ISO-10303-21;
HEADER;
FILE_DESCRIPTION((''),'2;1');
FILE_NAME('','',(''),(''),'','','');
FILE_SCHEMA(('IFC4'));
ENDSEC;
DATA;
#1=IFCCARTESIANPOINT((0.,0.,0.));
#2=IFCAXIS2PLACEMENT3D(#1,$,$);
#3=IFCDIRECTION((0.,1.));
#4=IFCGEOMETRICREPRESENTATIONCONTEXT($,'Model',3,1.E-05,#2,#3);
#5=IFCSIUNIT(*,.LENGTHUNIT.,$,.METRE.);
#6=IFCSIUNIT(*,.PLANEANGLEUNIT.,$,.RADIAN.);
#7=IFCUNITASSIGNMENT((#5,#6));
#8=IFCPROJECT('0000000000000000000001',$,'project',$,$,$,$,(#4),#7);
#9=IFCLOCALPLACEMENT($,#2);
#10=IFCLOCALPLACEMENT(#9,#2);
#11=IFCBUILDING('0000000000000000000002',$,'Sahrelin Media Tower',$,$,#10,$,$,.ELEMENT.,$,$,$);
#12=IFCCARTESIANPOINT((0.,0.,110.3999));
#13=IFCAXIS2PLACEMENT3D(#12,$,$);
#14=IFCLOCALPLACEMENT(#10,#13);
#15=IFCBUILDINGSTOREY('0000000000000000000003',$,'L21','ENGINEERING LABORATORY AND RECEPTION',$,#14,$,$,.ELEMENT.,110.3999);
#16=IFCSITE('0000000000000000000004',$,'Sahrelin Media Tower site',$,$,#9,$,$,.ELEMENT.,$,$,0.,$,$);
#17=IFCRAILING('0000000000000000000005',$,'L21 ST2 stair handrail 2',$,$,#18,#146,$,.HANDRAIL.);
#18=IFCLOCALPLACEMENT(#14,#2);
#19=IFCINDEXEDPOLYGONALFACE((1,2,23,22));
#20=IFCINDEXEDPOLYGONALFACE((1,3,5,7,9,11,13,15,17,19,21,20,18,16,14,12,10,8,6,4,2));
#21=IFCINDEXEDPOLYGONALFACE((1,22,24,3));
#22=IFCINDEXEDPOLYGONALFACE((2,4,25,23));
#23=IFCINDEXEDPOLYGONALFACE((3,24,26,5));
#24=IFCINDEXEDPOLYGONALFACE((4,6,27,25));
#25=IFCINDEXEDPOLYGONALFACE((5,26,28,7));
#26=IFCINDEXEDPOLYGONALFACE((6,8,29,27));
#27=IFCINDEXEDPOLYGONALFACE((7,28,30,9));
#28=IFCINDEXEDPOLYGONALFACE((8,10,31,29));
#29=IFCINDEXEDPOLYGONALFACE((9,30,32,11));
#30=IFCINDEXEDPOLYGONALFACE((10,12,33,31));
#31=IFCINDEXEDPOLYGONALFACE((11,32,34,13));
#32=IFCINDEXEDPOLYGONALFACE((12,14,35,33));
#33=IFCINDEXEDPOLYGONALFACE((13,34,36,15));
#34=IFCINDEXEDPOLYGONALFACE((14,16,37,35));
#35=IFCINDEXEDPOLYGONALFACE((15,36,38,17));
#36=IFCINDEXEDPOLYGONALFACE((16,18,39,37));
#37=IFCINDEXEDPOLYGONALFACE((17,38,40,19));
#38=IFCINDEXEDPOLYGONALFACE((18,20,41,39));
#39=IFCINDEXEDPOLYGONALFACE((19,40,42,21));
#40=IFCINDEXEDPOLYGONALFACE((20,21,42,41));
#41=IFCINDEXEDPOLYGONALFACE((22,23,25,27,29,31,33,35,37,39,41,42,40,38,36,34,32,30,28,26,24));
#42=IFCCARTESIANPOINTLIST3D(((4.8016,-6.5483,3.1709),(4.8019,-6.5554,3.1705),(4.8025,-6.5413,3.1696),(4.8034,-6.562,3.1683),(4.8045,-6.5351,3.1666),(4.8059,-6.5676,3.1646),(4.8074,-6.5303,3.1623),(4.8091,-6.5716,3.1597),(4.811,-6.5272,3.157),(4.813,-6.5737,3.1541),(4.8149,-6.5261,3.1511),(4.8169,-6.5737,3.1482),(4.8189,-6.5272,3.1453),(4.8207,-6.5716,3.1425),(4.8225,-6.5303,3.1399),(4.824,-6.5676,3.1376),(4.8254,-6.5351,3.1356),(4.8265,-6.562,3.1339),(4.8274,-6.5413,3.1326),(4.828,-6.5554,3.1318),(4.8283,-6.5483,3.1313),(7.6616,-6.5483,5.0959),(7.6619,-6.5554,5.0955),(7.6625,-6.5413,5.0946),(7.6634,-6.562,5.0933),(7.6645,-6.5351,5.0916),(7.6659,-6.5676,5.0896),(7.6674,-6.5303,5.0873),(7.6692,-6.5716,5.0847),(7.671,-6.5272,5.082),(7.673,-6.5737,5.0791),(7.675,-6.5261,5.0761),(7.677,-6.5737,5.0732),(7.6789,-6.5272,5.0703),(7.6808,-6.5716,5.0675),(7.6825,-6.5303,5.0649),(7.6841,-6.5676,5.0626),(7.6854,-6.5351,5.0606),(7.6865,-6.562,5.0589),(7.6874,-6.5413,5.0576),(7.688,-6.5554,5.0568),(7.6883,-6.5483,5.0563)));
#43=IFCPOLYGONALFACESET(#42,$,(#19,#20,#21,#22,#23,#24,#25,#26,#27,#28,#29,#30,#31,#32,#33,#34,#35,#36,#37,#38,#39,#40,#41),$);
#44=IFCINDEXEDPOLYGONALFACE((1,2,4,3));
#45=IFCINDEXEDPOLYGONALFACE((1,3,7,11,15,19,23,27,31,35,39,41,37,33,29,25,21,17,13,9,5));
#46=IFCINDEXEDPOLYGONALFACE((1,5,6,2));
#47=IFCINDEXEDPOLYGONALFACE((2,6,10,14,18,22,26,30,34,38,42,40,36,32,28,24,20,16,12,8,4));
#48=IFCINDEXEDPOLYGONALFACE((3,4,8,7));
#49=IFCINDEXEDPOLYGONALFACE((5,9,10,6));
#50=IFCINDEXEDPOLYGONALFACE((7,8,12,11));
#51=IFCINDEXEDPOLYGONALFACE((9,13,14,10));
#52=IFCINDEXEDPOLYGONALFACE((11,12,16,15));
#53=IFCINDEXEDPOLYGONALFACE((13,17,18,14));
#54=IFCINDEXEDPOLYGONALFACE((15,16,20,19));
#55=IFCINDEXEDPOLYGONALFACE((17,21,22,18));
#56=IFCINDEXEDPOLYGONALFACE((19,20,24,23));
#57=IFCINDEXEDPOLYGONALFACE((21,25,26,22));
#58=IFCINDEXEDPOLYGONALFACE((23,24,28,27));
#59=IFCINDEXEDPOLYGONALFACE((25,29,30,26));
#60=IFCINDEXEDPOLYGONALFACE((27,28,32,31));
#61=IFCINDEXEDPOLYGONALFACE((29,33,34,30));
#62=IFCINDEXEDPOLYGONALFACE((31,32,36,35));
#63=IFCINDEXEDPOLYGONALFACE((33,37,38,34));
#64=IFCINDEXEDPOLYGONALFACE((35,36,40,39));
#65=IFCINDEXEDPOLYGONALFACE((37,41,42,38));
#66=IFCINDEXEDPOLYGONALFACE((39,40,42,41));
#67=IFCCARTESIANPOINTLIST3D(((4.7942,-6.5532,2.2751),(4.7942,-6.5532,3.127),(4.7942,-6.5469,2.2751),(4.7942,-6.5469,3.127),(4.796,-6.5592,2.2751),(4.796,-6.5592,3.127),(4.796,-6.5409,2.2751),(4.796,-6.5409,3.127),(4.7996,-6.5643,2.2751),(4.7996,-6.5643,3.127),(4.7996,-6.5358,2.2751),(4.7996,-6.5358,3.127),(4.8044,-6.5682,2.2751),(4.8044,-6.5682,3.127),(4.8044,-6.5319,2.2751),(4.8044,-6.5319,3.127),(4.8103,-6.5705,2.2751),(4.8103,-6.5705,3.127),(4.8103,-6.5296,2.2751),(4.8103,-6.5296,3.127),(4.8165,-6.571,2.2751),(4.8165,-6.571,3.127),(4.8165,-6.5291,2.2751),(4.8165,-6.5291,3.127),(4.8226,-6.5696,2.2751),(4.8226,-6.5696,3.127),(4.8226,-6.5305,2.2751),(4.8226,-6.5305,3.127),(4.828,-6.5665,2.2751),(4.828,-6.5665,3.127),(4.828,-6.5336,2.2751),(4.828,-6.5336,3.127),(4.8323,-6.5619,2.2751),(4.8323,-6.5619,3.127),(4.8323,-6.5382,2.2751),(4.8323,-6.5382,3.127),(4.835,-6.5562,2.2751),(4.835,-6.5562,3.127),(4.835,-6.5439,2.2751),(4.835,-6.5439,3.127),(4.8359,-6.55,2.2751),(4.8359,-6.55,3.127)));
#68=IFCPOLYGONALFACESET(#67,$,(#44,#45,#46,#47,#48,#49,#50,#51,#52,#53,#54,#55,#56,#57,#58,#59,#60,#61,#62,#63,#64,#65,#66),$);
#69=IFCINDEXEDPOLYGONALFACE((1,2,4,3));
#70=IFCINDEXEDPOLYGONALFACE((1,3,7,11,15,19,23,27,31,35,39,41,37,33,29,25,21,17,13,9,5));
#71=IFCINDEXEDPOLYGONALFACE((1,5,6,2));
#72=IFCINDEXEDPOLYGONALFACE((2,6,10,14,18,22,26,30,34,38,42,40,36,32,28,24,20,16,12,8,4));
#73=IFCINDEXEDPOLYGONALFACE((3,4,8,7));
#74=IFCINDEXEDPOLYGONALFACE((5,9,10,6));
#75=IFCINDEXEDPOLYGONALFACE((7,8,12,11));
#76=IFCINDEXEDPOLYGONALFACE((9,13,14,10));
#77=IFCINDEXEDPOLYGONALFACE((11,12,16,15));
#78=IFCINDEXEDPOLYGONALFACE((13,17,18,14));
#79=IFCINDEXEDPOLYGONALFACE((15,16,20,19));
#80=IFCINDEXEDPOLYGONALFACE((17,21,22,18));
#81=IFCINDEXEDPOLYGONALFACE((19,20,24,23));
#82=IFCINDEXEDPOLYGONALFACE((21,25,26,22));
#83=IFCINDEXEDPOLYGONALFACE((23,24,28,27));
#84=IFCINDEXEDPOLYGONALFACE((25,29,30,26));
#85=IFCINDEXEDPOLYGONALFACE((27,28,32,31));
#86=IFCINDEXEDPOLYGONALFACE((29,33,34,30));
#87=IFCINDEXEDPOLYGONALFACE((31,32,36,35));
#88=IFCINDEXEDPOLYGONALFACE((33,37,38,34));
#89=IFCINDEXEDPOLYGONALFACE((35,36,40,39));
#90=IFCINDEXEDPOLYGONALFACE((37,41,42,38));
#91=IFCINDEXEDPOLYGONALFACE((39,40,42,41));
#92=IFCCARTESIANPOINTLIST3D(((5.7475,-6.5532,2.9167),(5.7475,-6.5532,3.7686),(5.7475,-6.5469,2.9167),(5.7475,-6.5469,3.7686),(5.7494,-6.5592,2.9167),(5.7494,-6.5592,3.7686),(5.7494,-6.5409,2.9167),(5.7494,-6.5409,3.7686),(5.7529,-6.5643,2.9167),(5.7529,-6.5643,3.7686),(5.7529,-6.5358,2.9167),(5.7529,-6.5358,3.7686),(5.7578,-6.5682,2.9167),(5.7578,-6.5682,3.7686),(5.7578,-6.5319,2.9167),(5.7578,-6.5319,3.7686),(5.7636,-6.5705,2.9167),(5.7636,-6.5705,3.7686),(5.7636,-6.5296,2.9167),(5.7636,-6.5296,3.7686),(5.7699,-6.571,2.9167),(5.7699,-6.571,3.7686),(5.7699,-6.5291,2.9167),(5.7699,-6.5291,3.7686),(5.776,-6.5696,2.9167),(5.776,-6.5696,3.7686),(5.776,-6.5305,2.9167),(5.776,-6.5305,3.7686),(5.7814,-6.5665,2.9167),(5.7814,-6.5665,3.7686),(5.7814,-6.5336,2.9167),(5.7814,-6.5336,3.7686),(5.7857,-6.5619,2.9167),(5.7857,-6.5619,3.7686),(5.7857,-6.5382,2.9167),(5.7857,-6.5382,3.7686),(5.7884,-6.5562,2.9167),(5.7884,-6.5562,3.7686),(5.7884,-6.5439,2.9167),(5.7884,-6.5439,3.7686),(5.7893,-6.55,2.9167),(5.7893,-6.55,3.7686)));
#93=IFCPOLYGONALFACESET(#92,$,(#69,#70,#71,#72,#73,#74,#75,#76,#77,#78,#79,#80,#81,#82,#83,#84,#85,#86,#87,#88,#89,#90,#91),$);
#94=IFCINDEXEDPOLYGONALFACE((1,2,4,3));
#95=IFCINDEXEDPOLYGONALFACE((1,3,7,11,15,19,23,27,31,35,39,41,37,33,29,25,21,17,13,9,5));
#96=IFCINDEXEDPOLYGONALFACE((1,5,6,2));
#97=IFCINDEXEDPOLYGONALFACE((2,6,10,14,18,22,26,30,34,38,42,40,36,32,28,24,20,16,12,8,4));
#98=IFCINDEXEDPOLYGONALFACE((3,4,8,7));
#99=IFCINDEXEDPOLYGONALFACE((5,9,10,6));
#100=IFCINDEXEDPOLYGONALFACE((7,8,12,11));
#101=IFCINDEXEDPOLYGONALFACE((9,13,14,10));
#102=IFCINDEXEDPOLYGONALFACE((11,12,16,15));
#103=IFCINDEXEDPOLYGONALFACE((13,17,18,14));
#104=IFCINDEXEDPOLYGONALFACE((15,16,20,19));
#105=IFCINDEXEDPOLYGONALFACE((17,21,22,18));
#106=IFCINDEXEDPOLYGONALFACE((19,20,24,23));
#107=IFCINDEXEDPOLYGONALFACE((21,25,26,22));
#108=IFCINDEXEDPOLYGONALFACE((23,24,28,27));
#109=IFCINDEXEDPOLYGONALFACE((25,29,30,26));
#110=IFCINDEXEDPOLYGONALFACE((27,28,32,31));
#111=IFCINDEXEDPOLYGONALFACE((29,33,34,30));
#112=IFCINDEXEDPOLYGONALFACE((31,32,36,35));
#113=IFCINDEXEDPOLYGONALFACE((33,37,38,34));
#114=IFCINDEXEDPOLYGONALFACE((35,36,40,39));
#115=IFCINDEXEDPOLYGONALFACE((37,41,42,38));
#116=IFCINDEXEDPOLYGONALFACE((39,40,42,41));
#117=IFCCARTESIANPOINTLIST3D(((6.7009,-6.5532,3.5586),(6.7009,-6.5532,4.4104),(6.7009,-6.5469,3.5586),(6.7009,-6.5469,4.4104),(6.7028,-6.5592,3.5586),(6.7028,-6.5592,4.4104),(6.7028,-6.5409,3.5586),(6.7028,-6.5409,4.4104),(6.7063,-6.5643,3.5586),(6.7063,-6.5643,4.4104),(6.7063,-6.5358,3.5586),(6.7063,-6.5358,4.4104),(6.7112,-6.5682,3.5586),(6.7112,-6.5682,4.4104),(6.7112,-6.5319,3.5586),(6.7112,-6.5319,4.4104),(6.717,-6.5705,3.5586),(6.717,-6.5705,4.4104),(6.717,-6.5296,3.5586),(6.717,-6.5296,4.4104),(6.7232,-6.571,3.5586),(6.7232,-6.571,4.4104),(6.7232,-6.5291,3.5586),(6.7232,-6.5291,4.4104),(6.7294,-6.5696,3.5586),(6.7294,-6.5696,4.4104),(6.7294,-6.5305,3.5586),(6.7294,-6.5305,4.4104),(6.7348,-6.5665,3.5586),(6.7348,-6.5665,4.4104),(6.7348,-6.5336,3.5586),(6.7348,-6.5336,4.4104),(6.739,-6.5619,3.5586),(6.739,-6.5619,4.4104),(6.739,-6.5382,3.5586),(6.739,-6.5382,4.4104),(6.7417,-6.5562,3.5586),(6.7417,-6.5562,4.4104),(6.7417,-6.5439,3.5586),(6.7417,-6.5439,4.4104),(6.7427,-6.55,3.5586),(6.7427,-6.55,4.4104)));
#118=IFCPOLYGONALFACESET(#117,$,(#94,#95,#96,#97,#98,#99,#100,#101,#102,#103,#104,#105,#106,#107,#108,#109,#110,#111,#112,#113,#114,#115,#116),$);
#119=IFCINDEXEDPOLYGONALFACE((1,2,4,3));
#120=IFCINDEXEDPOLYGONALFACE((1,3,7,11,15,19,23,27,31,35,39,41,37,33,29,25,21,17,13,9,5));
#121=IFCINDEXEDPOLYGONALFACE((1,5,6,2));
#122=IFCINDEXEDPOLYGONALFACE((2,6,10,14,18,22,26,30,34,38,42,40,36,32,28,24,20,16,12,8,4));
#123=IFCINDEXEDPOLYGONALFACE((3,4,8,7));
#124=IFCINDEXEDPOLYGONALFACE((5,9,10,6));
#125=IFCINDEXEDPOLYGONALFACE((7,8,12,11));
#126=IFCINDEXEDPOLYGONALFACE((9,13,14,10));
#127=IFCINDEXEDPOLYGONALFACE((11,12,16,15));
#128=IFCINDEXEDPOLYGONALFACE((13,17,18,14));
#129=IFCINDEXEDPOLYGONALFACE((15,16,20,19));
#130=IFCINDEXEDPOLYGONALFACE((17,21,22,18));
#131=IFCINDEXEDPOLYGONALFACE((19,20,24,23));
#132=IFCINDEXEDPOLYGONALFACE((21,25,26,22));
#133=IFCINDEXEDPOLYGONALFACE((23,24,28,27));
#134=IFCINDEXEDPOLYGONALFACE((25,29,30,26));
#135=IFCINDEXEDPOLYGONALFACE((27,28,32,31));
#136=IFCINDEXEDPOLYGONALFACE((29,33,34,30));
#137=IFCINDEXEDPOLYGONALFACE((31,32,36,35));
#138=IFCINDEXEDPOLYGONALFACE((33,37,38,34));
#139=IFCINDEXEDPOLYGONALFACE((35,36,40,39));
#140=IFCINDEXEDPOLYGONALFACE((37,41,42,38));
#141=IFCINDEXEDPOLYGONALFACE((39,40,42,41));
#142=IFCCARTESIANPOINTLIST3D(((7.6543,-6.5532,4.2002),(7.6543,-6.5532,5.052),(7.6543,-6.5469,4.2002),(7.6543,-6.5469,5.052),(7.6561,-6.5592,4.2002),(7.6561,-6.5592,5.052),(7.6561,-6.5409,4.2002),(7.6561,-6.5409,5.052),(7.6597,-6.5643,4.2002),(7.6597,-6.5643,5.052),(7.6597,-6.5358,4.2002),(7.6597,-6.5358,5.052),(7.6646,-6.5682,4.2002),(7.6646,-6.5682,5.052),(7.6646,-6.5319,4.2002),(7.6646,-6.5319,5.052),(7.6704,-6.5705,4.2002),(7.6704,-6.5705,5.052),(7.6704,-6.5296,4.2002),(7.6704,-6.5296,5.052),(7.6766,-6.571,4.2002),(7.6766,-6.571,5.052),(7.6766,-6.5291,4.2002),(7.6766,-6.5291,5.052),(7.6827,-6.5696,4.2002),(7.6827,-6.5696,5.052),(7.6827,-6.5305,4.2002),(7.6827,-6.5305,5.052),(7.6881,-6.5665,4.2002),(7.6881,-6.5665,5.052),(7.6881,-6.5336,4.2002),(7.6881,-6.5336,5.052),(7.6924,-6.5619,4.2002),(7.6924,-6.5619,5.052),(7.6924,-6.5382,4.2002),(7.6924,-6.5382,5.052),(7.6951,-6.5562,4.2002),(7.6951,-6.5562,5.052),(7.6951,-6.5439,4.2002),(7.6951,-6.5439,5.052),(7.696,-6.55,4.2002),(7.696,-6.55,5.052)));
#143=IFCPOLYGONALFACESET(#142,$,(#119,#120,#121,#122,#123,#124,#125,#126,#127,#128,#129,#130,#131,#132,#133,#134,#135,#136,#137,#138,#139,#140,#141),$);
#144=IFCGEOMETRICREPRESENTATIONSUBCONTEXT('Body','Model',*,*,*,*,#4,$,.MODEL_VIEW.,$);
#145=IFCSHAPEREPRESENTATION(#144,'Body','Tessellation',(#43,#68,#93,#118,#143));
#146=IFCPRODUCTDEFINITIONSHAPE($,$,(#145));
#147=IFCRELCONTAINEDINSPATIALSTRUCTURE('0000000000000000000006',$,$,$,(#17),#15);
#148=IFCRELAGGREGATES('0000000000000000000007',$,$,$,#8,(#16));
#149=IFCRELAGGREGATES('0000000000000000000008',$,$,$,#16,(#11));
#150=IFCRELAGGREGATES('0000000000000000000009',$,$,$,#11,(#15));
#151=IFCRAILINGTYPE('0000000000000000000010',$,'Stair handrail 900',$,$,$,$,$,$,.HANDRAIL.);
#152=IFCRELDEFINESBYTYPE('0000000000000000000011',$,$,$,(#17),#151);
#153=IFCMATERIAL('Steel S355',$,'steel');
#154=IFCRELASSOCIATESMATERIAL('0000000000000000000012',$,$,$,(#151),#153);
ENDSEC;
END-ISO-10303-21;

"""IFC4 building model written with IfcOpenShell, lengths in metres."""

from ifc_helpers import new_model, si_unit, direction, frame, origin, origin_2d, place, context, subcontext, project, spatial, circle, extrude, material, type_object, element, save


model = new_model("IFC4")

# Units and contexts
model_context = context("Model", 3, precision=1e-05, world=origin(), true_north=direction((0.0, 1.0)))
body_context = subcontext(model_context, "Body", "Model", "MODEL_VIEW")
ifc_project = project(units=[si_unit("LENGTHUNIT", "METRE"), si_unit("PLANEANGLEUNIT", "RADIAN")], contexts=[model_context])

# Site, building, storey
site_placement = place(None, origin())
site = spatial("IfcSite", under=ifc_project, at=site_placement, Name="Sahrelin Media Tower site", CompositionType="ELEMENT", RefElevation=0.0)
building_placement = place(site_placement, origin())
building = spatial("IfcBuilding", under=site, at=building_placement, Name="Sahrelin Media Tower", CompositionType="ELEMENT")
storey_placement = place(building_placement, frame((0.0, 0.0, 110.3999)))
storey = spatial("IfcBuildingStorey", under=building, at=storey_placement, Name="L21", Description="ENGINEERING LABORATORY AND RECEPTION", CompositionType="ELEMENT", Elevation=110.3999)

# Shared definitions
ifc_material_1 = material(Name="Steel S355", Category="steel")

# Railing
railing_type_1 = type_object("IfcRailingType", Name="Stair handrail 900", PredefinedType="HANDRAIL", material=ifc_material_1)
railing_1_placement = place(storey_placement, frame((4.8149, -6.55, 2.2751)))
element("IfcRailing", 1, at=railing_1_placement, inside=storey, type_object=railing_type_1, Name="L21 ST2 stair handrail 2", PredefinedType="HANDRAIL", context=body_context, shape_type="SweptSolid", body=[
    extrude(circle(Radius=0.0239, at=origin_2d()), frame((0.0, 0.0, 0.876), z_axis=(0.829591, 0.0, 0.558372), x_axis=(0.0, 1.0, 0.0)), (0.0, 0.0, 1.0), 3.4475),
    extrude(circle(Radius=0.021, at=origin_2d()), origin(), (0.0, 0.0, 1.0), 0.8518),
    extrude(circle(Radius=0.021, at=origin_2d()), frame((0.9534, 0.0, 0.6416)), (0.0, 0.0, 1.0), 0.8518),
    extrude(circle(Radius=0.021, at=origin_2d()), frame((1.9067, 0.0, 1.2834)), (0.0, 0.0, 1.0), 0.8518),
    extrude(circle(Radius=0.021, at=origin_2d()), frame((2.8601, 0.0, 1.925)), (0.0, 0.0, 1.0), 0.8518),
])

save(model, "model.ifc")
